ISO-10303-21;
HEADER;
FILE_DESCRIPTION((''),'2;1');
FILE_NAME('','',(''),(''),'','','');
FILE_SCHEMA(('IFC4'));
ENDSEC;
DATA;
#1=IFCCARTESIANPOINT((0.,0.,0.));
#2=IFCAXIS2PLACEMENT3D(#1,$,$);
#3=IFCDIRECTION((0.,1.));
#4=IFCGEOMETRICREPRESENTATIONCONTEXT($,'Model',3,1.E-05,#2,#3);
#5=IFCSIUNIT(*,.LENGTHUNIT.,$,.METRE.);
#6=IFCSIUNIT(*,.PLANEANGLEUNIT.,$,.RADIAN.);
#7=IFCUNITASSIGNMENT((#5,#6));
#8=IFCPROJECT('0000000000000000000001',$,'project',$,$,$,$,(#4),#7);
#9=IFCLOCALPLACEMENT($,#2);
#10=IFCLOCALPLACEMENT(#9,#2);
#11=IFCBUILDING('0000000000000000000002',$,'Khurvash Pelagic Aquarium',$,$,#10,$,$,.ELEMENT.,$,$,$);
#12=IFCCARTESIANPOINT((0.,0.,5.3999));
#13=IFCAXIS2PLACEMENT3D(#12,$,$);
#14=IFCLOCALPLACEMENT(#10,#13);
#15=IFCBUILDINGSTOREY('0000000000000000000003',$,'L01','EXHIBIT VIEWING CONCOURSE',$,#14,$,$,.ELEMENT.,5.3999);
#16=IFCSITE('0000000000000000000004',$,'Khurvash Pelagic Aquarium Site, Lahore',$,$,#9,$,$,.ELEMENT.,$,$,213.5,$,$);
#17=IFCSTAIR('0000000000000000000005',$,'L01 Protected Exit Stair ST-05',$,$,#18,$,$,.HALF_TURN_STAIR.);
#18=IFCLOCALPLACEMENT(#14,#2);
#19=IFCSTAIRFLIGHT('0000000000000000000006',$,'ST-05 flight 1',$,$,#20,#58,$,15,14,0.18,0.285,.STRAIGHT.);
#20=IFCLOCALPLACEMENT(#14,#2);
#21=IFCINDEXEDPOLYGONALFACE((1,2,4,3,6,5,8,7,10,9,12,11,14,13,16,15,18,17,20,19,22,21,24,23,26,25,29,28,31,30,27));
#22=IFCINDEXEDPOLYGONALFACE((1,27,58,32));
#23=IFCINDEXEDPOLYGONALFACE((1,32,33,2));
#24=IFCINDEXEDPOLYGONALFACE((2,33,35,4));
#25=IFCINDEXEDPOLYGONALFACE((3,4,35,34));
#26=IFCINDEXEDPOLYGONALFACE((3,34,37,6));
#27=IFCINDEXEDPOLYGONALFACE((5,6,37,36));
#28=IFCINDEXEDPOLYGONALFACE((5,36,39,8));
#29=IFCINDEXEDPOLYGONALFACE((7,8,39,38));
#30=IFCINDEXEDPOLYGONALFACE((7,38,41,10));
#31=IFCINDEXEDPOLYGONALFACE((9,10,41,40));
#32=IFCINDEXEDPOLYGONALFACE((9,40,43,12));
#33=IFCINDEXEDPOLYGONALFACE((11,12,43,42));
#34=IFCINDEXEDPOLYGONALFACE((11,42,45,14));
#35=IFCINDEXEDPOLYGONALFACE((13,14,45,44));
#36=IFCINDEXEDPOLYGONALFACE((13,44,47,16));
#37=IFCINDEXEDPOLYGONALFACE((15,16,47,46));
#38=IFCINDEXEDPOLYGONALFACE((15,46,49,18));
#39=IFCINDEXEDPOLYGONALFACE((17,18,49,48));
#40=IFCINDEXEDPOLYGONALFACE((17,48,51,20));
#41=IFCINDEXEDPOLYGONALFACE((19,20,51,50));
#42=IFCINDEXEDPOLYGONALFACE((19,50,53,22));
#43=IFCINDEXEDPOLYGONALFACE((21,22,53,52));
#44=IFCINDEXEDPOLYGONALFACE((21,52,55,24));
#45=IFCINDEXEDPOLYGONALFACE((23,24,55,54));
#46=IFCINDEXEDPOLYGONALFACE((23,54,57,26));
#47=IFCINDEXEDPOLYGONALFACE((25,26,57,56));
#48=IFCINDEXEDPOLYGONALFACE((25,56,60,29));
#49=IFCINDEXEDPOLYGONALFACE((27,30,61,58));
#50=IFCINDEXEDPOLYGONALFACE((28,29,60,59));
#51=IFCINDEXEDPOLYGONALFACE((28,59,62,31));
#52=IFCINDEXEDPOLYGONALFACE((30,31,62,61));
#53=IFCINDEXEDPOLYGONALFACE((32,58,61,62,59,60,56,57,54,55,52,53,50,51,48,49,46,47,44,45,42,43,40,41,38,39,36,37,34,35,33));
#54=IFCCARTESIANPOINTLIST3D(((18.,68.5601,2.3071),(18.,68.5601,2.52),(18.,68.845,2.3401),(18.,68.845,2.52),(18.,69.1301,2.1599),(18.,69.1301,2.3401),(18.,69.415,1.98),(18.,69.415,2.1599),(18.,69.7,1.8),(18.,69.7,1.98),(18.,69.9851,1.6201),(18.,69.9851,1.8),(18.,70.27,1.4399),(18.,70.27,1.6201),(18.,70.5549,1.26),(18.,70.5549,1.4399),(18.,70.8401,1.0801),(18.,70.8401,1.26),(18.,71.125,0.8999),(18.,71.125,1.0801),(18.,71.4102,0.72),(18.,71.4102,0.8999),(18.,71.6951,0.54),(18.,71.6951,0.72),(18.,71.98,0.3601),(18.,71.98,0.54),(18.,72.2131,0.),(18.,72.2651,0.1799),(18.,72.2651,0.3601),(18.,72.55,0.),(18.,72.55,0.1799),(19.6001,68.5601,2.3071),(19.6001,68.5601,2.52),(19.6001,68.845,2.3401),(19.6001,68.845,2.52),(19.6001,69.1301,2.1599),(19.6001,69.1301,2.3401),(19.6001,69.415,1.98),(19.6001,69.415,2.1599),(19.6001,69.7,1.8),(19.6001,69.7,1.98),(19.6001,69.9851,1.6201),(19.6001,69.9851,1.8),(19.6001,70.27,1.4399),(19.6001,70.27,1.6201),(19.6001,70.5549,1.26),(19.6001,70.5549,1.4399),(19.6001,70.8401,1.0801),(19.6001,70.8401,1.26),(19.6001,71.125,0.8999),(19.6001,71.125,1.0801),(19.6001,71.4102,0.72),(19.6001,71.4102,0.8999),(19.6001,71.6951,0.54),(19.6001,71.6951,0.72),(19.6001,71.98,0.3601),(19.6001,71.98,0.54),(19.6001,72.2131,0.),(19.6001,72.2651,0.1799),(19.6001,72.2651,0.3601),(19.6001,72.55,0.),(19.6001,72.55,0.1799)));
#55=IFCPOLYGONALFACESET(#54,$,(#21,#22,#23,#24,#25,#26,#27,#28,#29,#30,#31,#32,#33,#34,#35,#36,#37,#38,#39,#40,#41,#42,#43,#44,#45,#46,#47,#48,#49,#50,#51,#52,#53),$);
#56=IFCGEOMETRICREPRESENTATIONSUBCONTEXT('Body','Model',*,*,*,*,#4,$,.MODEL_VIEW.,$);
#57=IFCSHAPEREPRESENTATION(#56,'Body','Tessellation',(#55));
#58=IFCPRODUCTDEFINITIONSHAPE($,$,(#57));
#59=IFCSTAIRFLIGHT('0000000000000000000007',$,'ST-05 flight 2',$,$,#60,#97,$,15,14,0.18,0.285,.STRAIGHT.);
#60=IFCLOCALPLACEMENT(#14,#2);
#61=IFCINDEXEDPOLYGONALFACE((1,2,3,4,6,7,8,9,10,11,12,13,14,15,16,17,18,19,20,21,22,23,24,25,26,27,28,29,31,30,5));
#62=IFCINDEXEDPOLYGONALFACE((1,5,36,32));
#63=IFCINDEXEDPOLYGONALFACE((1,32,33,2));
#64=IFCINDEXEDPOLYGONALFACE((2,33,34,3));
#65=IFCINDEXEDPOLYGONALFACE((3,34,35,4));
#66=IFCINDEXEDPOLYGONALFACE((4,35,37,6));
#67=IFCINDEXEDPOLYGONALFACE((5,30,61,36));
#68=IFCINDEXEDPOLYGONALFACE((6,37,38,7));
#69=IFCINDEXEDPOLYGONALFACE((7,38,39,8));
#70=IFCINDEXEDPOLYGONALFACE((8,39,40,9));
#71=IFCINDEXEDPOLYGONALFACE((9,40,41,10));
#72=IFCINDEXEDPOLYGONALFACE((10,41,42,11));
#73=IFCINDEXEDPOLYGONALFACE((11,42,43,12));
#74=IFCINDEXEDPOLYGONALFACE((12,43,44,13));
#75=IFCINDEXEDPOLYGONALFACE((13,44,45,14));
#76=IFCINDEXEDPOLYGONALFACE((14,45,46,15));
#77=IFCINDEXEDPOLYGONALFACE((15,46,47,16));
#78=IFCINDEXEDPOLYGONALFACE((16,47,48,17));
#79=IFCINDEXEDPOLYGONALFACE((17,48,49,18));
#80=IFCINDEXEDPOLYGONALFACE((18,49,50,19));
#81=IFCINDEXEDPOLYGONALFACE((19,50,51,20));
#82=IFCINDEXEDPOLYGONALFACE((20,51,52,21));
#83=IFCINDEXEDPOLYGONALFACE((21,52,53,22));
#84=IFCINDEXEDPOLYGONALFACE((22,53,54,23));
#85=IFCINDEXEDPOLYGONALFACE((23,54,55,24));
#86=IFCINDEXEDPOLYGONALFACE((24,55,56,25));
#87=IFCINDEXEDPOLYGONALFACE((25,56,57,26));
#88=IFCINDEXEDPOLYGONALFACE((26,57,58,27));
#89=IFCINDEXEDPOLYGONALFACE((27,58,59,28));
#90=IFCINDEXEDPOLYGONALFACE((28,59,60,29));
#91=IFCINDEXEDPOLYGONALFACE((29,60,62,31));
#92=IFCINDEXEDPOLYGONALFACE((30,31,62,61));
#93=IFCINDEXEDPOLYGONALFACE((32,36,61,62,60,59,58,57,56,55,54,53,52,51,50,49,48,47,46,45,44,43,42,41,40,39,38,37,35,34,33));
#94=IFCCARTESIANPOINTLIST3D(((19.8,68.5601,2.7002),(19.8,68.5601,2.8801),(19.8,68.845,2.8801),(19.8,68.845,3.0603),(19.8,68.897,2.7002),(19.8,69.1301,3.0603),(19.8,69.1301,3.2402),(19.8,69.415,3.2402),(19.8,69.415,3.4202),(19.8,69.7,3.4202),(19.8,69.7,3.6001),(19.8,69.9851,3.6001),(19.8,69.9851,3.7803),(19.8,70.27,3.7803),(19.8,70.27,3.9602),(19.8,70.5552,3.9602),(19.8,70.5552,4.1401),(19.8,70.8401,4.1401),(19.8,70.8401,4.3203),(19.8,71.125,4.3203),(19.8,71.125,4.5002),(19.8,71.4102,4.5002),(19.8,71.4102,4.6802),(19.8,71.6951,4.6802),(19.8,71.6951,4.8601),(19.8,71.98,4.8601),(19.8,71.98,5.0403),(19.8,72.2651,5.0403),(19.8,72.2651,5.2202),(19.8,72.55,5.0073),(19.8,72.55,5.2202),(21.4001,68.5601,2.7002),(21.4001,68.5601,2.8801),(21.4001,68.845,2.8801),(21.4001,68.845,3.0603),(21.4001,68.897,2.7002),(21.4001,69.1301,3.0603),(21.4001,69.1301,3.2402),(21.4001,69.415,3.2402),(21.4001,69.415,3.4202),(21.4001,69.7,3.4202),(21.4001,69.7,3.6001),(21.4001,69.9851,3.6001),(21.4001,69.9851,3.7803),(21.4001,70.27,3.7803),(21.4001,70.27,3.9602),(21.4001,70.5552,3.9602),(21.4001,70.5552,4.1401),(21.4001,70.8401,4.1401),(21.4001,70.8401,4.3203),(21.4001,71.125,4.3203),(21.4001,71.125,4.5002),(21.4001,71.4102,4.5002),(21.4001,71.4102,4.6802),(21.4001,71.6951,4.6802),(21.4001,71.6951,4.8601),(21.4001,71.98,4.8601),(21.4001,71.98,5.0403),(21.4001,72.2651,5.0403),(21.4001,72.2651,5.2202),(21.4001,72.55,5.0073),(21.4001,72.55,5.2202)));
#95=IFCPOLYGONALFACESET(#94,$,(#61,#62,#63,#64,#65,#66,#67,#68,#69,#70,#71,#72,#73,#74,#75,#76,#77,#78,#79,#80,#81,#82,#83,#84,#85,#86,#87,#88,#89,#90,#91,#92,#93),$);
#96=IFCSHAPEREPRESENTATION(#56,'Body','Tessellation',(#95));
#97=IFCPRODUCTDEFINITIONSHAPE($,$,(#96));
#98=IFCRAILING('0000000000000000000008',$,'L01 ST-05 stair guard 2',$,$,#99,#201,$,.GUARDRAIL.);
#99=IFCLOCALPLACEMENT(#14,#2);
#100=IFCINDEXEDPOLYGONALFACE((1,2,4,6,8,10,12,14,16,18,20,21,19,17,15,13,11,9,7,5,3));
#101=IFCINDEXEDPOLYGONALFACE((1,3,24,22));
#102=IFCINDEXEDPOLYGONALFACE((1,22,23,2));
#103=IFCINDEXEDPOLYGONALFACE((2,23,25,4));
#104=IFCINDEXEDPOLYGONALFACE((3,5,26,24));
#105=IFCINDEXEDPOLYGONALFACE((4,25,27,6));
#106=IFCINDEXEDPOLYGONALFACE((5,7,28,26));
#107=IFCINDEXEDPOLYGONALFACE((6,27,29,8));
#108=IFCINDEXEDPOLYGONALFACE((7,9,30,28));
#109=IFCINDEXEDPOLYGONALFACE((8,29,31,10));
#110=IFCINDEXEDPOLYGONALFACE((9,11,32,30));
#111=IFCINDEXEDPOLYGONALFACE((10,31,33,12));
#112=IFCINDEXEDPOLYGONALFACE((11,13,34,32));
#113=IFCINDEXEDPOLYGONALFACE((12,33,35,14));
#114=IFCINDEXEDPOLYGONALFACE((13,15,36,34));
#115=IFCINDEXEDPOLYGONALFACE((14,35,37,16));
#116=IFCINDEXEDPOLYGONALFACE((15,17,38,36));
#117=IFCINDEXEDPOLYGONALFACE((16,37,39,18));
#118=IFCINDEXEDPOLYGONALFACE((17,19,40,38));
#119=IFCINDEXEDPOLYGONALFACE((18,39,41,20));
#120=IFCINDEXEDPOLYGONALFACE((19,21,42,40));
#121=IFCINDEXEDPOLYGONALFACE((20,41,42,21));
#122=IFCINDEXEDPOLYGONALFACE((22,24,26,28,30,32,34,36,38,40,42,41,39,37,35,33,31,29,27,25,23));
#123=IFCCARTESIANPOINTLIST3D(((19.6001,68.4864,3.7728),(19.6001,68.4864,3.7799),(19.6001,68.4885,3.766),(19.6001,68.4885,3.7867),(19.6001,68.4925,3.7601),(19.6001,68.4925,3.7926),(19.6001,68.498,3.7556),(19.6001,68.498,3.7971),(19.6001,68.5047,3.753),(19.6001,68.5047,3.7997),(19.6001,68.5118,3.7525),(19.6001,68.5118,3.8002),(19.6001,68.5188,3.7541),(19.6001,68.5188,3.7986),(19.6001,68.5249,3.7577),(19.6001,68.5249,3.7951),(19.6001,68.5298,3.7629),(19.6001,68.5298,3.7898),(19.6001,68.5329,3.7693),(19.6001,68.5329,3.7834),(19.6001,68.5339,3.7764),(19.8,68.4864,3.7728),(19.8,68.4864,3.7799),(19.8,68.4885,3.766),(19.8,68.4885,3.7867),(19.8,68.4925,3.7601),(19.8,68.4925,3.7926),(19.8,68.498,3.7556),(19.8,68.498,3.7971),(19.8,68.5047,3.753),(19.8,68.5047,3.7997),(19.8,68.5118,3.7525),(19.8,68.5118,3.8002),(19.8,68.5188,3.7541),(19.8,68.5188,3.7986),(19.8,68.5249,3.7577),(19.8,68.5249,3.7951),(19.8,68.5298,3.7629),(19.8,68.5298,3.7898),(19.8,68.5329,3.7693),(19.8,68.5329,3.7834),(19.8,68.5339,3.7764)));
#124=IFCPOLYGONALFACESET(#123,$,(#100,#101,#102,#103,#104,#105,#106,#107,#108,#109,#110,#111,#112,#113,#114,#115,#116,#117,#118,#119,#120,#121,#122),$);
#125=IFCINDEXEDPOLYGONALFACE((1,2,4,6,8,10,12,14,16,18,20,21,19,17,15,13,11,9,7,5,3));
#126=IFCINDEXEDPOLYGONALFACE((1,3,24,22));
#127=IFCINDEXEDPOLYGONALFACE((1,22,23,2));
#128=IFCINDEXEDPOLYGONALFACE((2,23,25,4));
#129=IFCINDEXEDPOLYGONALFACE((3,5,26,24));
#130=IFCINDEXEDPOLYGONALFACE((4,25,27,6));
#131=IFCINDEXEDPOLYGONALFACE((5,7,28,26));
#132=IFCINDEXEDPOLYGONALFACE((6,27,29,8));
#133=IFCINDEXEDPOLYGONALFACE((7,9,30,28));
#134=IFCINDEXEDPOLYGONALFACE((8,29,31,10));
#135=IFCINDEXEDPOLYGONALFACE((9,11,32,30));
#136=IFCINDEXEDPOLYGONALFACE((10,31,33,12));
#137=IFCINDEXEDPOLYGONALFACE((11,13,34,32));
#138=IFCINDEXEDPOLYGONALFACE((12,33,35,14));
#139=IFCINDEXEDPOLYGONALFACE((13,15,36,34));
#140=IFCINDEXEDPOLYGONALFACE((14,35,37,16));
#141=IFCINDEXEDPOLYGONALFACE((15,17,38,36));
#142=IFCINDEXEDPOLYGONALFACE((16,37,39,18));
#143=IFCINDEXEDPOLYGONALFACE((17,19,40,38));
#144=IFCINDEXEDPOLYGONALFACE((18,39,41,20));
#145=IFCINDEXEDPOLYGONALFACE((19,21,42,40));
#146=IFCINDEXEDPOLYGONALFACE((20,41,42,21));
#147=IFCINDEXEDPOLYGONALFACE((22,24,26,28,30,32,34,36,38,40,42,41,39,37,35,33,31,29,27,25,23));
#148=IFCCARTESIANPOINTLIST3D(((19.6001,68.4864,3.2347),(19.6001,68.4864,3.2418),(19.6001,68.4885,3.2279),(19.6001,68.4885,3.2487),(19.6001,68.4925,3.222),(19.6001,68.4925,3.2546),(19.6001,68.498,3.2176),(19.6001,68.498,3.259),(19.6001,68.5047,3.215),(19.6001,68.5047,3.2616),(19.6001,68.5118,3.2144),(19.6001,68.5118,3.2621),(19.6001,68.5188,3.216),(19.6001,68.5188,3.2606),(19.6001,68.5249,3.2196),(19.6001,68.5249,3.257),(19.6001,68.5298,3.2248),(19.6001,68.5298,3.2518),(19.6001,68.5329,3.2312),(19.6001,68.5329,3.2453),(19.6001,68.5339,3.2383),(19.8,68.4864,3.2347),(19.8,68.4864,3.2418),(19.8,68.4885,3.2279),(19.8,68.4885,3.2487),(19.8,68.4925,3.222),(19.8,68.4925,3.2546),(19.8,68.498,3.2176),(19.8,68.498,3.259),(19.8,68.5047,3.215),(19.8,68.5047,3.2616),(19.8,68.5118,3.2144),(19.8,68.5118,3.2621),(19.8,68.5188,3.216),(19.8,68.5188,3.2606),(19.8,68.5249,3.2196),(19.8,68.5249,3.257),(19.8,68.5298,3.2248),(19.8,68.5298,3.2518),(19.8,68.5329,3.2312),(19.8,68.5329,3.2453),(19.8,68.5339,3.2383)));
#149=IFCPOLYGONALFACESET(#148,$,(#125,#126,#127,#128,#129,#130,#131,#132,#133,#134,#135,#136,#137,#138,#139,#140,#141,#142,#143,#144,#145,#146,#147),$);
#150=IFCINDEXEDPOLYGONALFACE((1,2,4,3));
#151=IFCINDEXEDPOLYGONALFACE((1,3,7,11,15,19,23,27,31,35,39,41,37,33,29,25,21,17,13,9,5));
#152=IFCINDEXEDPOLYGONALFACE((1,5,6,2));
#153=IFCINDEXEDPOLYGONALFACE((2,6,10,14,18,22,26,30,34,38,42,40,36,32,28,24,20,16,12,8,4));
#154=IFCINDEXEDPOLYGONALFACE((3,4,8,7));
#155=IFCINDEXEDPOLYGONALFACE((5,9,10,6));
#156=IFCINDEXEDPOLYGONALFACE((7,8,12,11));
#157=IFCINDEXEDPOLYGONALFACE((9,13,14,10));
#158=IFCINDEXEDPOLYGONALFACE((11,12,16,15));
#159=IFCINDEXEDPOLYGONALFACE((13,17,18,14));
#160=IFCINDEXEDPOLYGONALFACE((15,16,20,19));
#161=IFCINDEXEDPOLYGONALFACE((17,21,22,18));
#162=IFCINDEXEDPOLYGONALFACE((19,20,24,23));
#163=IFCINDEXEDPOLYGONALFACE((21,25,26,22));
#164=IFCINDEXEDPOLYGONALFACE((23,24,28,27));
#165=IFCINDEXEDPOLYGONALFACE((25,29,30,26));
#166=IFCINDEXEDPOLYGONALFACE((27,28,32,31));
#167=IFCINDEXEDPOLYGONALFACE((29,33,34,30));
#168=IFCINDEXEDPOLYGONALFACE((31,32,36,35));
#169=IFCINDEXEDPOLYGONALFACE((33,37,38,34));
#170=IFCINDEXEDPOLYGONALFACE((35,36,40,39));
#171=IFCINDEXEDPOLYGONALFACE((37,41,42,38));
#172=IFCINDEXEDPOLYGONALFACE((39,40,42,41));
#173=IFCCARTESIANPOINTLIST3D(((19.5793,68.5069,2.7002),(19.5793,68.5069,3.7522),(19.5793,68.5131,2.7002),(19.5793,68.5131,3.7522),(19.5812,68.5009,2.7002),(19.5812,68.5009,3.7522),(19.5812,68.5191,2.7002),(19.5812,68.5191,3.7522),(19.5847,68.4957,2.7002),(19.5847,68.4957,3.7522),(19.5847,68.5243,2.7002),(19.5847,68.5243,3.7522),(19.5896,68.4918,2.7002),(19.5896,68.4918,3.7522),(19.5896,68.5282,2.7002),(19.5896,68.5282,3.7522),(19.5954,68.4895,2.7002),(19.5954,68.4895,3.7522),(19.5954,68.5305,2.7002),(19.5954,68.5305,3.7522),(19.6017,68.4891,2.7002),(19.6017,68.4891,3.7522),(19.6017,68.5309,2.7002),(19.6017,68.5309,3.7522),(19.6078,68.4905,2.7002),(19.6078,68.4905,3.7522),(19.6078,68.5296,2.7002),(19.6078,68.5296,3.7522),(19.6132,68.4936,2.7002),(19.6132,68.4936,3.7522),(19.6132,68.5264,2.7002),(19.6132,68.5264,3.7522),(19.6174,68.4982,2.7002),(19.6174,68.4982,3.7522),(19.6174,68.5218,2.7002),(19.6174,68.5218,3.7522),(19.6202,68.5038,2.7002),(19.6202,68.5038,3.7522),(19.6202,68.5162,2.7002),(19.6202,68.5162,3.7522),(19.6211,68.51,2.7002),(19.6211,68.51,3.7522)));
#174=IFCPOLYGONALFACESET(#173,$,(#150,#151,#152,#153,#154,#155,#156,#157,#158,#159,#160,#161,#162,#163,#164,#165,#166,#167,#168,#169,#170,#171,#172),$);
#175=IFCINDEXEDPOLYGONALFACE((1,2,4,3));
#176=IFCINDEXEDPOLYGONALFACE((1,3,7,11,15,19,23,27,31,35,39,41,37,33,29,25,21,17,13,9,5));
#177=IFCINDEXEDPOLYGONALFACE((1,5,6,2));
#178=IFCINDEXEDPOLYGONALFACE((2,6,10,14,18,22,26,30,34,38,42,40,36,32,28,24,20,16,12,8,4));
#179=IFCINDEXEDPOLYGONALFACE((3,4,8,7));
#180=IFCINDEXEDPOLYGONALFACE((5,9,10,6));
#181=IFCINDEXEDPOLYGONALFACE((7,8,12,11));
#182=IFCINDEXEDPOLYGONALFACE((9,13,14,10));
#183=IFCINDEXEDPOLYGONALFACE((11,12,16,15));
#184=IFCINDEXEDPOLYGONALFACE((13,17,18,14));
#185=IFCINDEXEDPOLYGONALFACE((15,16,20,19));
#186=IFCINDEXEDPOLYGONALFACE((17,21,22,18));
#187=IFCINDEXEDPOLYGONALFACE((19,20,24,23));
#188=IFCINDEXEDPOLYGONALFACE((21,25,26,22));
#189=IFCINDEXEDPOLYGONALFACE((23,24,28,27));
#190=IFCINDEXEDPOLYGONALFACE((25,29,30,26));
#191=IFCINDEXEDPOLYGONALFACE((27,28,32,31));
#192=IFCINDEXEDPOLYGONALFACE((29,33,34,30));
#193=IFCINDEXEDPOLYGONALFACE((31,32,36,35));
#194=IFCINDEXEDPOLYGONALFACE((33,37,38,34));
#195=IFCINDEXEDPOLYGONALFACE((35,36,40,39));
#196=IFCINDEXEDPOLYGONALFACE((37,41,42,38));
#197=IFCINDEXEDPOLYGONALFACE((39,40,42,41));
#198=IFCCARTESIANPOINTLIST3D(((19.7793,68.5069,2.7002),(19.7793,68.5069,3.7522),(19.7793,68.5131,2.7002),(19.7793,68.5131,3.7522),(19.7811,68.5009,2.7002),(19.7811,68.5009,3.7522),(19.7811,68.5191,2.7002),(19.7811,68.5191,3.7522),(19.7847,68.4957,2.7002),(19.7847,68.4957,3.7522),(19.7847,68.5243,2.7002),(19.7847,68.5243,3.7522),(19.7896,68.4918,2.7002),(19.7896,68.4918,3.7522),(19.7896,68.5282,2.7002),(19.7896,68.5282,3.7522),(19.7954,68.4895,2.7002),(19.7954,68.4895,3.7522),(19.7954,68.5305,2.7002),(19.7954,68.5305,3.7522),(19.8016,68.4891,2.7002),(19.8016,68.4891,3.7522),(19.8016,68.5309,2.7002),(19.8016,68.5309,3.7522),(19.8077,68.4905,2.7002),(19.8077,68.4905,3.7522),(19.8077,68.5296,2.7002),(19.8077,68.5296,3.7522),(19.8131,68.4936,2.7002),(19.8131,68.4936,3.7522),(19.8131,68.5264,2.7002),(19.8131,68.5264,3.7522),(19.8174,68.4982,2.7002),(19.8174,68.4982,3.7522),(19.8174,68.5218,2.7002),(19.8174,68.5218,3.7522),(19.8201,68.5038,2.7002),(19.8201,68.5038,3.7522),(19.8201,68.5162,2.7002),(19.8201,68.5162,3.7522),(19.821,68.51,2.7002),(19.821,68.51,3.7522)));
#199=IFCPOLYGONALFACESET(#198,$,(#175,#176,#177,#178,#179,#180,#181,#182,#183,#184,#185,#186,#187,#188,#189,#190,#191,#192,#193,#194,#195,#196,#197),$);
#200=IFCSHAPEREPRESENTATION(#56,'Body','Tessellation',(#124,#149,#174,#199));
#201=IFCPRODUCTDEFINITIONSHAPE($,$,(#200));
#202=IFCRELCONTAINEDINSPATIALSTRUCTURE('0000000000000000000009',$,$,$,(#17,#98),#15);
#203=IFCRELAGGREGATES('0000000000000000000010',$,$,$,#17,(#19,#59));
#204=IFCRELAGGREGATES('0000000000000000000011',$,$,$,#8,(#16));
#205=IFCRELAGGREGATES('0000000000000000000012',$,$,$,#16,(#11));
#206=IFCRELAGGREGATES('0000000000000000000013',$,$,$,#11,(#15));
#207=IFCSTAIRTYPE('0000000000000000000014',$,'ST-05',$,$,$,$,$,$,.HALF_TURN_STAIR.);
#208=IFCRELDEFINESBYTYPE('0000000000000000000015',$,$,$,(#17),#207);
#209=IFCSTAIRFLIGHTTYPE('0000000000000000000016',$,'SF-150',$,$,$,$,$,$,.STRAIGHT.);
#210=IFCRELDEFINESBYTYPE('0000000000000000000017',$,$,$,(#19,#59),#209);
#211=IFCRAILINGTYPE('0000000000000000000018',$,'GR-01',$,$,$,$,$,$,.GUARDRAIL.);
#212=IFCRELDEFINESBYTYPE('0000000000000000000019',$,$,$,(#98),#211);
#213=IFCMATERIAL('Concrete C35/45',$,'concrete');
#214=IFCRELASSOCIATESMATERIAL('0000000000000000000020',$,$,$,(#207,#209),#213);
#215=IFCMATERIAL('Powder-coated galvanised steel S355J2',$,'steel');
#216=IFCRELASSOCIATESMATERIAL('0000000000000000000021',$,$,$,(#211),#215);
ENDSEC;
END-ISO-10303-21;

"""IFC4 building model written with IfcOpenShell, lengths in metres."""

from ifc_helpers import new_model, si_unit, direction, frame, origin, origin_2d, place, context, subcontext, project, spatial, polyline, circle, outline, extrude, material, type_object, element, aggregate, save


model = new_model("IFC4")

# Units and contexts
model_context = context("Model", 3, precision=1e-05, world=origin(), true_north=direction((0.0, 1.0)))
body_context = subcontext(model_context, "Body", "Model", "MODEL_VIEW")
ifc_project = project(units=[si_unit("LENGTHUNIT", "METRE"), si_unit("PLANEANGLEUNIT", "RADIAN")], contexts=[model_context])

# Site, building, storey
site_placement = place(None, origin())
site = spatial("IfcSite", under=ifc_project, at=site_placement, Name="Khurvash Pelagic Aquarium Site, Lahore", CompositionType="ELEMENT", RefElevation=213.5)
building_placement = place(site_placement, origin())
building = spatial("IfcBuilding", under=site, at=building_placement, Name="Khurvash Pelagic Aquarium", CompositionType="ELEMENT")
storey_placement = place(building_placement, frame((0.0, 0.0, 5.3999)))
storey = spatial("IfcBuildingStorey", under=building, at=storey_placement, Name="L01", Description="EXHIBIT VIEWING CONCOURSE", CompositionType="ELEMENT", Elevation=5.3999)

# Shared definitions
ifc_material_1 = material(Name="Concrete C35/45", Category="concrete")

# Stair, stair flights
stair_type = type_object("IfcStairType", Name="ST-05", PredefinedType="HALF_TURN_STAIR", material=ifc_material_1)
stair_placement = place(storey_placement, origin())
stair = element("IfcStair", 1, at=stair_placement, inside=storey, type_object=stair_type, Name="L01 Protected Exit Stair ST-05", PredefinedType="HALF_TURN_STAIR")
stair_flight_type = type_object("IfcStairFlightType", Name="SF-150", PredefinedType="STRAIGHT", material=ifc_material_1)
stair_flight_1_placement = place(storey_placement, frame((18.8, 72.55, 0.0), z_axis=(0.0, 0.0, 1.0), x_axis=(0.0, -1.0, 0.0)))
stair_flight_1 = element("IfcStairFlight", 2, at=stair_flight_1_placement, type_object=stair_flight_type, Name="ST-05 flight 1", NumberOfRisers=15, NumberOfTreads=14, PredefinedType="STRAIGHT", RiserHeight=0.18, TreadLength=0.285, context=body_context, shape_type="SweptSolid", body=[
    extrude(outline(polyline([(0.0, 0.0), (0.0, 0.1799), (0.2849, 0.1799), (0.2849, 0.3601), (0.5701, 0.3601), (0.5701, 0.54), (0.855, 0.54), (0.855, 0.72), (1.1399, 0.72), (1.1399, 0.8999), (1.425, 0.8999), (1.425, 1.0801), (1.71, 1.0801), (1.71, 1.26), (1.9951, 1.26), (1.9951, 1.4399), (2.28, 1.4399), (2.28, 1.6201), (2.5649, 1.6201), (2.5649, 1.8), (2.8501, 1.8), (2.8501, 1.98), (3.135, 1.98), (3.135, 2.1599), (3.4199, 2.1599), (3.4199, 2.3401), (3.7051, 2.3401), (3.7051, 2.52), (3.99, 2.52), (3.99, 2.7), (3.99, 2.3071), (0.3369, 0.0), (0.0, 0.0)])), frame((0.0, 0.8, 0.0), z_axis=(0.0, -1.0, 0.0), x_axis=(1.0, 0.0, 0.0)), (0.0, 0.0, 1.0), 1.6001),
])
stair_flight_2_placement = place(storey_placement, frame((20.6001, 68.5601, 2.7002), z_axis=(0.0, 0.0, 1.0), x_axis=(0.0, 1.0, 0.0)))
stair_flight_2 = element("IfcStairFlight", 3, at=stair_flight_2_placement, type_object=stair_flight_type, Name="ST-05 flight 2", NumberOfRisers=15, NumberOfTreads=14, PredefinedType="STRAIGHT", RiserHeight=0.18, TreadLength=0.285, context=body_context, shape_type="SweptSolid", body=[
    extrude(outline(polyline([(0.0, 0.0), (0.0, 0.1799), (0.2849, 0.1799), (0.2849, 0.3601), (0.5701, 0.3601), (0.5701, 0.54), (0.855, 0.54), (0.855, 0.72), (1.1399, 0.72), (1.1399, 0.8999), (1.425, 0.8999), (1.425, 1.0801), (1.71, 1.0801), (1.71, 1.26), (1.9951, 1.26), (1.9951, 1.4399), (2.28, 1.4399), (2.28, 1.6201), (2.5649, 1.6201), (2.5649, 1.8), (2.8501, 1.8), (2.8501, 1.98), (3.135, 1.98), (3.135, 2.1599), (3.4199, 2.1599), (3.4199, 2.3401), (3.7051, 2.3401), (3.7051, 2.52), (3.99, 2.52), (3.99, 2.7), (3.99, 2.3071), (0.3369, 0.0), (0.0, 0.0)])), frame((0.0, 0.8, 0.0), z_axis=(0.0, -1.0, 0.0), x_axis=(1.0, 0.0, 0.0)), (0.0, 0.0, 1.0), 1.6001),
])
aggregate(stair, [stair_flight_1, stair_flight_2])

# Railing
ifc_material_2 = material(Name="Powder-coated galvanised steel S355J2", Category="steel")
railing_type_1 = type_object("IfcRailingType", Name="GR-01", PredefinedType="GUARDRAIL", material=ifc_material_2)
railing_1_placement = place(storey_placement, frame((19.6001, 68.51, 2.7002)))
element("IfcRailing", 4, at=railing_1_placement, inside=storey, type_object=railing_type_1, Name="L01 ST-05 stair guard 2", PredefinedType="GUARDRAIL", context=body_context, shape_type="SweptSolid", body=[
    extrude(circle(Radius=0.0239, at=origin_2d()), frame((0.0, 0.0, 1.0762), z_axis=(1.0, 0.0, 0.0), x_axis=(0.0, 1.0, 0.0)), (0.0, 0.0, 1.0), 0.2),
    extrude(circle(Radius=0.0239, at=origin_2d()), frame((0.0, 0.0, 0.5381), z_axis=(1.0, 0.0, 0.0), x_axis=(0.0, 1.0, 0.0)), (0.0, 0.0, 1.0), 0.2),
    extrude(circle(Radius=0.021, at=origin_2d()), origin(), (0.0, 0.0, 1.0), 1.052),
    extrude(circle(Radius=0.021, at=origin_2d()), frame((0.2, 0.0, 0.0)), (0.0, 0.0, 1.0), 1.052),
])

save(model, "model.ifc")
